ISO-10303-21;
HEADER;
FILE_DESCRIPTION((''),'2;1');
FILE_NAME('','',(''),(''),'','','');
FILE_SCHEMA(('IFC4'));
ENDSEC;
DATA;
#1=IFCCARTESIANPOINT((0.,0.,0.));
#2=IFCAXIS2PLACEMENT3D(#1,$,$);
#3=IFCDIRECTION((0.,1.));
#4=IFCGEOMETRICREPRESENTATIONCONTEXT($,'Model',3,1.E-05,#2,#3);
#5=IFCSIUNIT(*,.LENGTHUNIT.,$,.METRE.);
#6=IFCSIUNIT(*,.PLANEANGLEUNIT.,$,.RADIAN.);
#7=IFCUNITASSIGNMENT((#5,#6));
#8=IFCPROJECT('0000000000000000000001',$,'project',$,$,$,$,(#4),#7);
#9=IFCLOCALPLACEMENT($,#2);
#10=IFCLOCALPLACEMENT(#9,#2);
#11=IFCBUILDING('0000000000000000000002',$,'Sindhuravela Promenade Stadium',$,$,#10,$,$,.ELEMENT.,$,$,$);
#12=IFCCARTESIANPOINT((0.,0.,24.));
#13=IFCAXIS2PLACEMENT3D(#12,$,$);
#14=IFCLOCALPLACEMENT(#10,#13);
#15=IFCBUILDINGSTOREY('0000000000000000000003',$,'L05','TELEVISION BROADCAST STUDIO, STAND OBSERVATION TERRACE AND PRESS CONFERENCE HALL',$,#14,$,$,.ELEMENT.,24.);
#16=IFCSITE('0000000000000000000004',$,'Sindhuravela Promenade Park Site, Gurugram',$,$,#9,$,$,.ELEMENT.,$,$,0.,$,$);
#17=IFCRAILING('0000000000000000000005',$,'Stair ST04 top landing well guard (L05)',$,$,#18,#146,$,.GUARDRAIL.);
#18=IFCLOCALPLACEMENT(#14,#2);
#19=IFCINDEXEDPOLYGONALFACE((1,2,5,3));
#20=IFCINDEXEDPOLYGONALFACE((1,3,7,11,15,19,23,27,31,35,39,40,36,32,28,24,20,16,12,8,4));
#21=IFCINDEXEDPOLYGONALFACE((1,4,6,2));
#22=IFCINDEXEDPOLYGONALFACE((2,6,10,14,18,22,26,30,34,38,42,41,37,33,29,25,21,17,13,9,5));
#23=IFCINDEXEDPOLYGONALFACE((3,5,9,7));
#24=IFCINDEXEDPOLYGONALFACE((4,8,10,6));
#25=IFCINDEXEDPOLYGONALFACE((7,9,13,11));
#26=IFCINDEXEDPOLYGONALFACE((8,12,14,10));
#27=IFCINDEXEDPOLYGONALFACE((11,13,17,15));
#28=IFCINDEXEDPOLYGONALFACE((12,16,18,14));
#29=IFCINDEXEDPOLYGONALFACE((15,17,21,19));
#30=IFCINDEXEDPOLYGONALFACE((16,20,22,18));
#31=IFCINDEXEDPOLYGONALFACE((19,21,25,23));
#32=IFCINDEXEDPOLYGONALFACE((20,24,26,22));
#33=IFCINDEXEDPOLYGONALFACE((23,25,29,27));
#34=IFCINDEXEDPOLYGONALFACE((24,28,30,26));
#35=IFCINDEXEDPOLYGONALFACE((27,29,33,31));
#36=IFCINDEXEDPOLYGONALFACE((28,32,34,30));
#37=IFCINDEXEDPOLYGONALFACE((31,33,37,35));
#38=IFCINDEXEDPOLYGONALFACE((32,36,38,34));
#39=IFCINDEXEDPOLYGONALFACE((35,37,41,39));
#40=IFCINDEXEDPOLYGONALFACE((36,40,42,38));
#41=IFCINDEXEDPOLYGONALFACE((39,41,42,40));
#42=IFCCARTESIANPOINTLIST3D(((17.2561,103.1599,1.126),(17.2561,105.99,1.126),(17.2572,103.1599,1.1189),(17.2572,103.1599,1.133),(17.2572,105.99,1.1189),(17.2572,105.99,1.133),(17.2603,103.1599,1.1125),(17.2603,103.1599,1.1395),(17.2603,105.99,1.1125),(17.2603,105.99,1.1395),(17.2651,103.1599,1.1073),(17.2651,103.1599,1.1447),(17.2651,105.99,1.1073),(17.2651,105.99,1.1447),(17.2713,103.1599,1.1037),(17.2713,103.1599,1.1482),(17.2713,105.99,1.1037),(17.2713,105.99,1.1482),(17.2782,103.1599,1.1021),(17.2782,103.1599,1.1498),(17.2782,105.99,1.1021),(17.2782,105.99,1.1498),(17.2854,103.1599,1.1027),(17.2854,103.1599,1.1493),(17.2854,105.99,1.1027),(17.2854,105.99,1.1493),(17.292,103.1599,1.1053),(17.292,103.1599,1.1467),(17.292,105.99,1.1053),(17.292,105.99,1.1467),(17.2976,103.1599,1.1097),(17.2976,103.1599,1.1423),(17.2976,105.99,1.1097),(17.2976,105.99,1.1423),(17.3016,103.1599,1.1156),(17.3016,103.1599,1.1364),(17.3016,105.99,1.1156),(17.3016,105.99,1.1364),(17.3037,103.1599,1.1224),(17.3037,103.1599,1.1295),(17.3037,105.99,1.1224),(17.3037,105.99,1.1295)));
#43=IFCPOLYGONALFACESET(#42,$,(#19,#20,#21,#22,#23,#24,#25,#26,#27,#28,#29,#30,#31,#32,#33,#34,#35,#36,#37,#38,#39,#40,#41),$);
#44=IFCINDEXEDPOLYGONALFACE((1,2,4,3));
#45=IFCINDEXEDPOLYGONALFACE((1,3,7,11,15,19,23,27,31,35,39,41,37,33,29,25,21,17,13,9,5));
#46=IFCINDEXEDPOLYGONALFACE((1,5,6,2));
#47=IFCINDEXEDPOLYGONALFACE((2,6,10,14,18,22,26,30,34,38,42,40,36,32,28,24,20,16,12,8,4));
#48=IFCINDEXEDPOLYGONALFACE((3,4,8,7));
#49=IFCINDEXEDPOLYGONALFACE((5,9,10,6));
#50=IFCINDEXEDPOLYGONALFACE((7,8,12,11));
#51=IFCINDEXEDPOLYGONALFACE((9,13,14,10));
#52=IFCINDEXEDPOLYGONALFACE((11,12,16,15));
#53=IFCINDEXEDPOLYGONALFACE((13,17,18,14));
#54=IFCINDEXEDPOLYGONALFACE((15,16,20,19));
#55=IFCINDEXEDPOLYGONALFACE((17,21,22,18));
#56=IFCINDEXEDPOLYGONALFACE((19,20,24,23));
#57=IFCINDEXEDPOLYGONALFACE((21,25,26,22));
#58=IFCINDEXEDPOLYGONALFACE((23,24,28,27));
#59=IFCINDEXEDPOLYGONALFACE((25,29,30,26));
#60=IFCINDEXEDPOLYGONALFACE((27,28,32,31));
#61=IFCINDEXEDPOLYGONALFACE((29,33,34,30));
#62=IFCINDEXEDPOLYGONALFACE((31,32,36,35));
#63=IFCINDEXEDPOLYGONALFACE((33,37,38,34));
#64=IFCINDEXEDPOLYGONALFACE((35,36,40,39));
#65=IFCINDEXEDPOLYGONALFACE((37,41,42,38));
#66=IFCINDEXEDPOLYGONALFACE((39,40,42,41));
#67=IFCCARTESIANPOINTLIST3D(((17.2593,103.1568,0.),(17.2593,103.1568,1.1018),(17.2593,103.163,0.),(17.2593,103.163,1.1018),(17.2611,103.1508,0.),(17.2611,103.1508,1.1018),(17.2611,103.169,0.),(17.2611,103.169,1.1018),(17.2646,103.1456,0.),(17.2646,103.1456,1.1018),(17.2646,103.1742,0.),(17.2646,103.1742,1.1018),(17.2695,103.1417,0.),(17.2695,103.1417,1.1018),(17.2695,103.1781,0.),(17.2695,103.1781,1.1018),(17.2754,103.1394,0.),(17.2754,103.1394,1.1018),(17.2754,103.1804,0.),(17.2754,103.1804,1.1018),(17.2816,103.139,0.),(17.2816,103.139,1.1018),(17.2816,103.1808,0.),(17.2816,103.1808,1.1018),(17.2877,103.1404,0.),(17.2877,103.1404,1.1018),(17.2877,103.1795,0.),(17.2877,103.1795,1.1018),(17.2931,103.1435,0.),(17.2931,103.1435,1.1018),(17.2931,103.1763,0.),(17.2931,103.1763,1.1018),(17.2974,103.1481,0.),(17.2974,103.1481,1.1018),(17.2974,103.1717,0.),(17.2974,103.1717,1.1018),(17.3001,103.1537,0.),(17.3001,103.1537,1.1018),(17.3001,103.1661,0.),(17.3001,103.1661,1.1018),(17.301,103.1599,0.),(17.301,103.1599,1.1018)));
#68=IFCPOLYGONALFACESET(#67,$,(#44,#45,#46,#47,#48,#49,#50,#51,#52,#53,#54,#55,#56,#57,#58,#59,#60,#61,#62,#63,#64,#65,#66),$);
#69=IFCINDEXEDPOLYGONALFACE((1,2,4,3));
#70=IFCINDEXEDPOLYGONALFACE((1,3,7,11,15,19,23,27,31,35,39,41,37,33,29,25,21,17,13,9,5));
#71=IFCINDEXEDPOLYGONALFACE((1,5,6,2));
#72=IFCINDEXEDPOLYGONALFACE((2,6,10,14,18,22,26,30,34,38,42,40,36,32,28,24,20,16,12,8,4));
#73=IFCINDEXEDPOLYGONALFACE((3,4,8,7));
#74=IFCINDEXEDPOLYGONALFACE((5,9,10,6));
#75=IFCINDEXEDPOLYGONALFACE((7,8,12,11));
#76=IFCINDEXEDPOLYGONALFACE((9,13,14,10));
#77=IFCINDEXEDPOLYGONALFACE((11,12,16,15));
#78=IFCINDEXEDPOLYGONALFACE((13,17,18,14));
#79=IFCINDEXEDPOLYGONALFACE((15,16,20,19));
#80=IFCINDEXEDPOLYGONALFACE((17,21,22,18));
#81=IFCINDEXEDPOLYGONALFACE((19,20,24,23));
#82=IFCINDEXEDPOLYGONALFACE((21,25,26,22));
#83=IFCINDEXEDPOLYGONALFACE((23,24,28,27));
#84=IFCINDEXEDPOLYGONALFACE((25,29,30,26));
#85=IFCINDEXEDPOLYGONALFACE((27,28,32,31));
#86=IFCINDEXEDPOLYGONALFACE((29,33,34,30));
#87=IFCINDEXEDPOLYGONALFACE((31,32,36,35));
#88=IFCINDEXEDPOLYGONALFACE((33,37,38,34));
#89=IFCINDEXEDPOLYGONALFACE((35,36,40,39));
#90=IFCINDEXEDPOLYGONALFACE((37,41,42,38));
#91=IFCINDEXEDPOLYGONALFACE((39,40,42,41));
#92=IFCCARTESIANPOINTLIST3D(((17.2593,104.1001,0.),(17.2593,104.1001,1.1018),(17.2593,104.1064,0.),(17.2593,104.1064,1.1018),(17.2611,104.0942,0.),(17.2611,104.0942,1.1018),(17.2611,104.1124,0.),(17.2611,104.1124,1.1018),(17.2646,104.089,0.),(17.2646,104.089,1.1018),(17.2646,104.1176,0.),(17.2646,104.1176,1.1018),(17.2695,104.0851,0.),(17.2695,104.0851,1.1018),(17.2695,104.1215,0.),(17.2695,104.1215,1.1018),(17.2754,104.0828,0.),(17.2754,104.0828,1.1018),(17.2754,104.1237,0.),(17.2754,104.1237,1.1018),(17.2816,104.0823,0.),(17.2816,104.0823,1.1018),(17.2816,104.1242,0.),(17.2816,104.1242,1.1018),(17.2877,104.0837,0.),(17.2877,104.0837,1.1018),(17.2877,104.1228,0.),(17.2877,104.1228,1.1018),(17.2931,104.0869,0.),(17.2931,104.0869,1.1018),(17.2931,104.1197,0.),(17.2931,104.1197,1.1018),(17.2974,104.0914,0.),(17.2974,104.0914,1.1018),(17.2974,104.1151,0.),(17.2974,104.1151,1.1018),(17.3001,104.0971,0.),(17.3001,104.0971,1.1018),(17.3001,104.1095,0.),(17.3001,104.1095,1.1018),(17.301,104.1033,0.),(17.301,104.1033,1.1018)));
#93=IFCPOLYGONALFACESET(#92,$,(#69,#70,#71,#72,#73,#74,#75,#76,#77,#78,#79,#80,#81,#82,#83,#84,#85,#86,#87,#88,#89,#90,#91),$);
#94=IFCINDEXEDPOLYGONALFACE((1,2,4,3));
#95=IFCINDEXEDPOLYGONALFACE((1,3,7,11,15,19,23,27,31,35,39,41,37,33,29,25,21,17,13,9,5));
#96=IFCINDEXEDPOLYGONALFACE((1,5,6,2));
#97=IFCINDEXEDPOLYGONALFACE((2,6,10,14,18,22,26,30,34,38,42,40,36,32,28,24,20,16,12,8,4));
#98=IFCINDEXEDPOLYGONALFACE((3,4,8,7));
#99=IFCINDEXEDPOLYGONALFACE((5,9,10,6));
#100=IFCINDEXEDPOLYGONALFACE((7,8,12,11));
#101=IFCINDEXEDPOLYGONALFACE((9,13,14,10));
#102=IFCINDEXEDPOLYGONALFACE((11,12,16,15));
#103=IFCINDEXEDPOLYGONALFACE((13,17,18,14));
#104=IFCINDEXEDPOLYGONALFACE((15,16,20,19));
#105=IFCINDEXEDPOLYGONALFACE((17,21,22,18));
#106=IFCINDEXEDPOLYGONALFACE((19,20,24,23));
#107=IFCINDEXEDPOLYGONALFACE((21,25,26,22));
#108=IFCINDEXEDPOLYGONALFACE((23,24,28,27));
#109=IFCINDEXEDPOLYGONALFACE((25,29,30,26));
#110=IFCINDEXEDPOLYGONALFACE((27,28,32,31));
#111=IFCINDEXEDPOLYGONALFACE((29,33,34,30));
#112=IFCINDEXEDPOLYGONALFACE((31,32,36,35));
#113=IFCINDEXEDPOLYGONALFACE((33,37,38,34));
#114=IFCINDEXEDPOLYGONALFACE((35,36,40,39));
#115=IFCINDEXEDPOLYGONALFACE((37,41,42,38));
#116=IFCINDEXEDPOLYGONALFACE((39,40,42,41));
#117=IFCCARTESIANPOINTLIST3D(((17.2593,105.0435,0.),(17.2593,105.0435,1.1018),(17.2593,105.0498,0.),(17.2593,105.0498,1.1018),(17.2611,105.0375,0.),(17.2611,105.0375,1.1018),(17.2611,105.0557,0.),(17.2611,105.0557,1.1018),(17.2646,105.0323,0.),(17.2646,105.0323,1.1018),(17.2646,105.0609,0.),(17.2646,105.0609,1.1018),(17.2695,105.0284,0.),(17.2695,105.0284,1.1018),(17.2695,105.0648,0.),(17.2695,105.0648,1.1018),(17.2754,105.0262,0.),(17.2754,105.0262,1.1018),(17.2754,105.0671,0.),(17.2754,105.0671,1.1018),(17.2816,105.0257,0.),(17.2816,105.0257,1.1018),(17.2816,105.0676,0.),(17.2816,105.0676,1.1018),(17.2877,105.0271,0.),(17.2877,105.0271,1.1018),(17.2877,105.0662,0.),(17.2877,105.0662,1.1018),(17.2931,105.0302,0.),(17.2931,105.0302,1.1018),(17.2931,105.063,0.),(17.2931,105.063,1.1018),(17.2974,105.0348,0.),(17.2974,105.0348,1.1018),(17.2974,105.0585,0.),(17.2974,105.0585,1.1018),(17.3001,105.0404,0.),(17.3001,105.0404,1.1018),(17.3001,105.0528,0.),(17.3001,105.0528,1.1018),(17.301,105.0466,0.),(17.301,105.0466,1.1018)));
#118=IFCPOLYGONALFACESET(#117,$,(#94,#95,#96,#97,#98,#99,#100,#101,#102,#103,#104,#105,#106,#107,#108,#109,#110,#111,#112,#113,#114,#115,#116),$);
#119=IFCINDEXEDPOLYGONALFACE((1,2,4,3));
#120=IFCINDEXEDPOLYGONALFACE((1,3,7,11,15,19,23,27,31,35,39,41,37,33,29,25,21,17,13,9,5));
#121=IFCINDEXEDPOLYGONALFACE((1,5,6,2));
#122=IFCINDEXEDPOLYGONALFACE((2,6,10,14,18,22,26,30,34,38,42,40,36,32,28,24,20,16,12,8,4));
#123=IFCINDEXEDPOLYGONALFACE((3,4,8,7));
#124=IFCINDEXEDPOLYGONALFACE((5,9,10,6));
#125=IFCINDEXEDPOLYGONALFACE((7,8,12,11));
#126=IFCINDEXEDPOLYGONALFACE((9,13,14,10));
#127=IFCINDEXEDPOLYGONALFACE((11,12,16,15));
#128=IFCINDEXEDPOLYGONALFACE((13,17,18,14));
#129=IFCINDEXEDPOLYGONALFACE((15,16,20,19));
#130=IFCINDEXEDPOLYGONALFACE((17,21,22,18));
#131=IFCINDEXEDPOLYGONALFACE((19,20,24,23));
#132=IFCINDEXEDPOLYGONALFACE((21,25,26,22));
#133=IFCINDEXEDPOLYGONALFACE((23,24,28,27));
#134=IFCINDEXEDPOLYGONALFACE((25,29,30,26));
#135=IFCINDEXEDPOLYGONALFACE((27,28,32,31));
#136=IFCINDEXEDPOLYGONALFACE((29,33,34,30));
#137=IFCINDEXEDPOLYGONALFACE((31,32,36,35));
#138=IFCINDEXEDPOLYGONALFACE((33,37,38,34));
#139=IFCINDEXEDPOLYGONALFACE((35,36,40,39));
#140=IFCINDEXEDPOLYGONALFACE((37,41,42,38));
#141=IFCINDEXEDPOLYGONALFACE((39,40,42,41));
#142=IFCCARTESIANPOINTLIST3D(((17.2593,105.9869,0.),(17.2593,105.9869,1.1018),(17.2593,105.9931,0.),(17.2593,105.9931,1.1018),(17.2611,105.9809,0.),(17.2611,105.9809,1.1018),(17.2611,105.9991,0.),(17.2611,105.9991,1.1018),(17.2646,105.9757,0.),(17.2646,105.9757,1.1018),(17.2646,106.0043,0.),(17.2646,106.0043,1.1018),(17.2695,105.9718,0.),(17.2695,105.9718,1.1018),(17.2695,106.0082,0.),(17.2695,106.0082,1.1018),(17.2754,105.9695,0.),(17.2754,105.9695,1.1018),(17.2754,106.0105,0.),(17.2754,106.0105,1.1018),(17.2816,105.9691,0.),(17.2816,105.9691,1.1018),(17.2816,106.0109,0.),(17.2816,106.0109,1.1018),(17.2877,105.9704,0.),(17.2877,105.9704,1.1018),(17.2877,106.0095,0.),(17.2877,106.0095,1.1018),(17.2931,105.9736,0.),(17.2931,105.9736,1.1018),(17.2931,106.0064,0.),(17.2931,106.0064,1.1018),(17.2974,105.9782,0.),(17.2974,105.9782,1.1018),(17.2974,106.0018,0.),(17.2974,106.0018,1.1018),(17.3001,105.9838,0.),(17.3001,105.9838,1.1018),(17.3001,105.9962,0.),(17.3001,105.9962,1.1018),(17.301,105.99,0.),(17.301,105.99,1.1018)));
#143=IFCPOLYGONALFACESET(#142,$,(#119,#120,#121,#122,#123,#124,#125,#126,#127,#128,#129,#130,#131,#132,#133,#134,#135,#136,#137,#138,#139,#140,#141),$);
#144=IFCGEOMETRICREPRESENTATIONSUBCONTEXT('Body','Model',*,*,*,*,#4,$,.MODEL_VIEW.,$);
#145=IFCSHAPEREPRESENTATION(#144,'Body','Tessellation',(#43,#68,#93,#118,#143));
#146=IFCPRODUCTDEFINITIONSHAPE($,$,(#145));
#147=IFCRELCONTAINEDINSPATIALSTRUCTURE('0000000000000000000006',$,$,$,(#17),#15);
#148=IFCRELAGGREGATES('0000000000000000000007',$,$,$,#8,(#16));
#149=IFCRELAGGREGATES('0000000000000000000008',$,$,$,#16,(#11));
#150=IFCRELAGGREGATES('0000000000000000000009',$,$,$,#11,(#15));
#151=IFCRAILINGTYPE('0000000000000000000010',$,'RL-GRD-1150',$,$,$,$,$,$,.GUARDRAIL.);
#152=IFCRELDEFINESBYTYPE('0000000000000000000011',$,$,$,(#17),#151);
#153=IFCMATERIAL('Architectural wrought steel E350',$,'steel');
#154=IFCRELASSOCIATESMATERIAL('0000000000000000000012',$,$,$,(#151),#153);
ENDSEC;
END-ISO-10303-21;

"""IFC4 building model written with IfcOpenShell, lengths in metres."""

from ifc_helpers import new_model, si_unit, direction, frame, origin, origin_2d, place, context, subcontext, project, spatial, circle, extrude, material, type_object, element, save


model = new_model("IFC4")

# Units and contexts
model_context = context("Model", 3, precision=1e-05, world=origin(), true_north=direction((0.0, 1.0)))
body_context = subcontext(model_context, "Body", "Model", "MODEL_VIEW")
ifc_project = project(units=[si_unit("LENGTHUNIT", "METRE"), si_unit("PLANEANGLEUNIT", "RADIAN")], contexts=[model_context])

# Site, building, storey
site_placement = place(None, origin())
site = spatial("IfcSite", under=ifc_project, at=site_placement, Name="Sindhuravela Promenade Park Site, Gurugram", CompositionType="ELEMENT", RefElevation=0.0)
building_placement = place(site_placement, origin())
building = spatial("IfcBuilding", under=site, at=building_placement, Name="Sindhuravela Promenade Stadium", CompositionType="ELEMENT")
storey_placement = place(building_placement, frame((0.0, 0.0, 24.0)))
storey = spatial("IfcBuildingStorey", under=building, at=storey_placement, Name="L05", Description="TELEVISION BROADCAST STUDIO, STAND OBSERVATION TERRACE AND PRESS CONFERENCE HALL", CompositionType="ELEMENT", Elevation=24.0)

# Shared definitions
ifc_material_1 = material(Name="Architectural wrought steel E350", Category="steel")

# Railing
railing_type = type_object("IfcRailingType", Name="RL-GRD-1150", PredefinedType="GUARDRAIL", material=ifc_material_1)
railing_placement = place(storey_placement, frame((17.28, 103.1599, 0.0)))
element("IfcRailing", 1, at=railing_placement, inside=storey, type_object=railing_type, Name="Stair ST04 top landing well guard (L05)", PredefinedType="GUARDRAIL", context=body_context, shape_type="SweptSolid", body=[
    extrude(circle(Radius=0.0239, at=origin_2d()), frame((0.0, 0.0, 1.126), z_axis=(0.0, 1.0, 0.0), x_axis=(-1.0, 0.0, 0.0)), (0.0, 0.0, 1.0), 2.8301),
    extrude(circle(Radius=0.021, at=origin_2d()), origin(), (0.0, 0.0, 1.0), 1.1018),
    extrude(circle(Radius=0.021, at=origin_2d()), frame((0.0, 0.9434, 0.0)), (0.0, 0.0, 1.0), 1.1018),
    extrude(circle(Radius=0.021, at=origin_2d()), frame((0.0, 1.8867, 0.0)), (0.0, 0.0, 1.0), 1.1018),
    extrude(circle(Radius=0.021, at=origin_2d()), frame((0.0, 2.8301, 0.0)), (0.0, 0.0, 1.0), 1.1018),
])

save(model, "model.ifc")
